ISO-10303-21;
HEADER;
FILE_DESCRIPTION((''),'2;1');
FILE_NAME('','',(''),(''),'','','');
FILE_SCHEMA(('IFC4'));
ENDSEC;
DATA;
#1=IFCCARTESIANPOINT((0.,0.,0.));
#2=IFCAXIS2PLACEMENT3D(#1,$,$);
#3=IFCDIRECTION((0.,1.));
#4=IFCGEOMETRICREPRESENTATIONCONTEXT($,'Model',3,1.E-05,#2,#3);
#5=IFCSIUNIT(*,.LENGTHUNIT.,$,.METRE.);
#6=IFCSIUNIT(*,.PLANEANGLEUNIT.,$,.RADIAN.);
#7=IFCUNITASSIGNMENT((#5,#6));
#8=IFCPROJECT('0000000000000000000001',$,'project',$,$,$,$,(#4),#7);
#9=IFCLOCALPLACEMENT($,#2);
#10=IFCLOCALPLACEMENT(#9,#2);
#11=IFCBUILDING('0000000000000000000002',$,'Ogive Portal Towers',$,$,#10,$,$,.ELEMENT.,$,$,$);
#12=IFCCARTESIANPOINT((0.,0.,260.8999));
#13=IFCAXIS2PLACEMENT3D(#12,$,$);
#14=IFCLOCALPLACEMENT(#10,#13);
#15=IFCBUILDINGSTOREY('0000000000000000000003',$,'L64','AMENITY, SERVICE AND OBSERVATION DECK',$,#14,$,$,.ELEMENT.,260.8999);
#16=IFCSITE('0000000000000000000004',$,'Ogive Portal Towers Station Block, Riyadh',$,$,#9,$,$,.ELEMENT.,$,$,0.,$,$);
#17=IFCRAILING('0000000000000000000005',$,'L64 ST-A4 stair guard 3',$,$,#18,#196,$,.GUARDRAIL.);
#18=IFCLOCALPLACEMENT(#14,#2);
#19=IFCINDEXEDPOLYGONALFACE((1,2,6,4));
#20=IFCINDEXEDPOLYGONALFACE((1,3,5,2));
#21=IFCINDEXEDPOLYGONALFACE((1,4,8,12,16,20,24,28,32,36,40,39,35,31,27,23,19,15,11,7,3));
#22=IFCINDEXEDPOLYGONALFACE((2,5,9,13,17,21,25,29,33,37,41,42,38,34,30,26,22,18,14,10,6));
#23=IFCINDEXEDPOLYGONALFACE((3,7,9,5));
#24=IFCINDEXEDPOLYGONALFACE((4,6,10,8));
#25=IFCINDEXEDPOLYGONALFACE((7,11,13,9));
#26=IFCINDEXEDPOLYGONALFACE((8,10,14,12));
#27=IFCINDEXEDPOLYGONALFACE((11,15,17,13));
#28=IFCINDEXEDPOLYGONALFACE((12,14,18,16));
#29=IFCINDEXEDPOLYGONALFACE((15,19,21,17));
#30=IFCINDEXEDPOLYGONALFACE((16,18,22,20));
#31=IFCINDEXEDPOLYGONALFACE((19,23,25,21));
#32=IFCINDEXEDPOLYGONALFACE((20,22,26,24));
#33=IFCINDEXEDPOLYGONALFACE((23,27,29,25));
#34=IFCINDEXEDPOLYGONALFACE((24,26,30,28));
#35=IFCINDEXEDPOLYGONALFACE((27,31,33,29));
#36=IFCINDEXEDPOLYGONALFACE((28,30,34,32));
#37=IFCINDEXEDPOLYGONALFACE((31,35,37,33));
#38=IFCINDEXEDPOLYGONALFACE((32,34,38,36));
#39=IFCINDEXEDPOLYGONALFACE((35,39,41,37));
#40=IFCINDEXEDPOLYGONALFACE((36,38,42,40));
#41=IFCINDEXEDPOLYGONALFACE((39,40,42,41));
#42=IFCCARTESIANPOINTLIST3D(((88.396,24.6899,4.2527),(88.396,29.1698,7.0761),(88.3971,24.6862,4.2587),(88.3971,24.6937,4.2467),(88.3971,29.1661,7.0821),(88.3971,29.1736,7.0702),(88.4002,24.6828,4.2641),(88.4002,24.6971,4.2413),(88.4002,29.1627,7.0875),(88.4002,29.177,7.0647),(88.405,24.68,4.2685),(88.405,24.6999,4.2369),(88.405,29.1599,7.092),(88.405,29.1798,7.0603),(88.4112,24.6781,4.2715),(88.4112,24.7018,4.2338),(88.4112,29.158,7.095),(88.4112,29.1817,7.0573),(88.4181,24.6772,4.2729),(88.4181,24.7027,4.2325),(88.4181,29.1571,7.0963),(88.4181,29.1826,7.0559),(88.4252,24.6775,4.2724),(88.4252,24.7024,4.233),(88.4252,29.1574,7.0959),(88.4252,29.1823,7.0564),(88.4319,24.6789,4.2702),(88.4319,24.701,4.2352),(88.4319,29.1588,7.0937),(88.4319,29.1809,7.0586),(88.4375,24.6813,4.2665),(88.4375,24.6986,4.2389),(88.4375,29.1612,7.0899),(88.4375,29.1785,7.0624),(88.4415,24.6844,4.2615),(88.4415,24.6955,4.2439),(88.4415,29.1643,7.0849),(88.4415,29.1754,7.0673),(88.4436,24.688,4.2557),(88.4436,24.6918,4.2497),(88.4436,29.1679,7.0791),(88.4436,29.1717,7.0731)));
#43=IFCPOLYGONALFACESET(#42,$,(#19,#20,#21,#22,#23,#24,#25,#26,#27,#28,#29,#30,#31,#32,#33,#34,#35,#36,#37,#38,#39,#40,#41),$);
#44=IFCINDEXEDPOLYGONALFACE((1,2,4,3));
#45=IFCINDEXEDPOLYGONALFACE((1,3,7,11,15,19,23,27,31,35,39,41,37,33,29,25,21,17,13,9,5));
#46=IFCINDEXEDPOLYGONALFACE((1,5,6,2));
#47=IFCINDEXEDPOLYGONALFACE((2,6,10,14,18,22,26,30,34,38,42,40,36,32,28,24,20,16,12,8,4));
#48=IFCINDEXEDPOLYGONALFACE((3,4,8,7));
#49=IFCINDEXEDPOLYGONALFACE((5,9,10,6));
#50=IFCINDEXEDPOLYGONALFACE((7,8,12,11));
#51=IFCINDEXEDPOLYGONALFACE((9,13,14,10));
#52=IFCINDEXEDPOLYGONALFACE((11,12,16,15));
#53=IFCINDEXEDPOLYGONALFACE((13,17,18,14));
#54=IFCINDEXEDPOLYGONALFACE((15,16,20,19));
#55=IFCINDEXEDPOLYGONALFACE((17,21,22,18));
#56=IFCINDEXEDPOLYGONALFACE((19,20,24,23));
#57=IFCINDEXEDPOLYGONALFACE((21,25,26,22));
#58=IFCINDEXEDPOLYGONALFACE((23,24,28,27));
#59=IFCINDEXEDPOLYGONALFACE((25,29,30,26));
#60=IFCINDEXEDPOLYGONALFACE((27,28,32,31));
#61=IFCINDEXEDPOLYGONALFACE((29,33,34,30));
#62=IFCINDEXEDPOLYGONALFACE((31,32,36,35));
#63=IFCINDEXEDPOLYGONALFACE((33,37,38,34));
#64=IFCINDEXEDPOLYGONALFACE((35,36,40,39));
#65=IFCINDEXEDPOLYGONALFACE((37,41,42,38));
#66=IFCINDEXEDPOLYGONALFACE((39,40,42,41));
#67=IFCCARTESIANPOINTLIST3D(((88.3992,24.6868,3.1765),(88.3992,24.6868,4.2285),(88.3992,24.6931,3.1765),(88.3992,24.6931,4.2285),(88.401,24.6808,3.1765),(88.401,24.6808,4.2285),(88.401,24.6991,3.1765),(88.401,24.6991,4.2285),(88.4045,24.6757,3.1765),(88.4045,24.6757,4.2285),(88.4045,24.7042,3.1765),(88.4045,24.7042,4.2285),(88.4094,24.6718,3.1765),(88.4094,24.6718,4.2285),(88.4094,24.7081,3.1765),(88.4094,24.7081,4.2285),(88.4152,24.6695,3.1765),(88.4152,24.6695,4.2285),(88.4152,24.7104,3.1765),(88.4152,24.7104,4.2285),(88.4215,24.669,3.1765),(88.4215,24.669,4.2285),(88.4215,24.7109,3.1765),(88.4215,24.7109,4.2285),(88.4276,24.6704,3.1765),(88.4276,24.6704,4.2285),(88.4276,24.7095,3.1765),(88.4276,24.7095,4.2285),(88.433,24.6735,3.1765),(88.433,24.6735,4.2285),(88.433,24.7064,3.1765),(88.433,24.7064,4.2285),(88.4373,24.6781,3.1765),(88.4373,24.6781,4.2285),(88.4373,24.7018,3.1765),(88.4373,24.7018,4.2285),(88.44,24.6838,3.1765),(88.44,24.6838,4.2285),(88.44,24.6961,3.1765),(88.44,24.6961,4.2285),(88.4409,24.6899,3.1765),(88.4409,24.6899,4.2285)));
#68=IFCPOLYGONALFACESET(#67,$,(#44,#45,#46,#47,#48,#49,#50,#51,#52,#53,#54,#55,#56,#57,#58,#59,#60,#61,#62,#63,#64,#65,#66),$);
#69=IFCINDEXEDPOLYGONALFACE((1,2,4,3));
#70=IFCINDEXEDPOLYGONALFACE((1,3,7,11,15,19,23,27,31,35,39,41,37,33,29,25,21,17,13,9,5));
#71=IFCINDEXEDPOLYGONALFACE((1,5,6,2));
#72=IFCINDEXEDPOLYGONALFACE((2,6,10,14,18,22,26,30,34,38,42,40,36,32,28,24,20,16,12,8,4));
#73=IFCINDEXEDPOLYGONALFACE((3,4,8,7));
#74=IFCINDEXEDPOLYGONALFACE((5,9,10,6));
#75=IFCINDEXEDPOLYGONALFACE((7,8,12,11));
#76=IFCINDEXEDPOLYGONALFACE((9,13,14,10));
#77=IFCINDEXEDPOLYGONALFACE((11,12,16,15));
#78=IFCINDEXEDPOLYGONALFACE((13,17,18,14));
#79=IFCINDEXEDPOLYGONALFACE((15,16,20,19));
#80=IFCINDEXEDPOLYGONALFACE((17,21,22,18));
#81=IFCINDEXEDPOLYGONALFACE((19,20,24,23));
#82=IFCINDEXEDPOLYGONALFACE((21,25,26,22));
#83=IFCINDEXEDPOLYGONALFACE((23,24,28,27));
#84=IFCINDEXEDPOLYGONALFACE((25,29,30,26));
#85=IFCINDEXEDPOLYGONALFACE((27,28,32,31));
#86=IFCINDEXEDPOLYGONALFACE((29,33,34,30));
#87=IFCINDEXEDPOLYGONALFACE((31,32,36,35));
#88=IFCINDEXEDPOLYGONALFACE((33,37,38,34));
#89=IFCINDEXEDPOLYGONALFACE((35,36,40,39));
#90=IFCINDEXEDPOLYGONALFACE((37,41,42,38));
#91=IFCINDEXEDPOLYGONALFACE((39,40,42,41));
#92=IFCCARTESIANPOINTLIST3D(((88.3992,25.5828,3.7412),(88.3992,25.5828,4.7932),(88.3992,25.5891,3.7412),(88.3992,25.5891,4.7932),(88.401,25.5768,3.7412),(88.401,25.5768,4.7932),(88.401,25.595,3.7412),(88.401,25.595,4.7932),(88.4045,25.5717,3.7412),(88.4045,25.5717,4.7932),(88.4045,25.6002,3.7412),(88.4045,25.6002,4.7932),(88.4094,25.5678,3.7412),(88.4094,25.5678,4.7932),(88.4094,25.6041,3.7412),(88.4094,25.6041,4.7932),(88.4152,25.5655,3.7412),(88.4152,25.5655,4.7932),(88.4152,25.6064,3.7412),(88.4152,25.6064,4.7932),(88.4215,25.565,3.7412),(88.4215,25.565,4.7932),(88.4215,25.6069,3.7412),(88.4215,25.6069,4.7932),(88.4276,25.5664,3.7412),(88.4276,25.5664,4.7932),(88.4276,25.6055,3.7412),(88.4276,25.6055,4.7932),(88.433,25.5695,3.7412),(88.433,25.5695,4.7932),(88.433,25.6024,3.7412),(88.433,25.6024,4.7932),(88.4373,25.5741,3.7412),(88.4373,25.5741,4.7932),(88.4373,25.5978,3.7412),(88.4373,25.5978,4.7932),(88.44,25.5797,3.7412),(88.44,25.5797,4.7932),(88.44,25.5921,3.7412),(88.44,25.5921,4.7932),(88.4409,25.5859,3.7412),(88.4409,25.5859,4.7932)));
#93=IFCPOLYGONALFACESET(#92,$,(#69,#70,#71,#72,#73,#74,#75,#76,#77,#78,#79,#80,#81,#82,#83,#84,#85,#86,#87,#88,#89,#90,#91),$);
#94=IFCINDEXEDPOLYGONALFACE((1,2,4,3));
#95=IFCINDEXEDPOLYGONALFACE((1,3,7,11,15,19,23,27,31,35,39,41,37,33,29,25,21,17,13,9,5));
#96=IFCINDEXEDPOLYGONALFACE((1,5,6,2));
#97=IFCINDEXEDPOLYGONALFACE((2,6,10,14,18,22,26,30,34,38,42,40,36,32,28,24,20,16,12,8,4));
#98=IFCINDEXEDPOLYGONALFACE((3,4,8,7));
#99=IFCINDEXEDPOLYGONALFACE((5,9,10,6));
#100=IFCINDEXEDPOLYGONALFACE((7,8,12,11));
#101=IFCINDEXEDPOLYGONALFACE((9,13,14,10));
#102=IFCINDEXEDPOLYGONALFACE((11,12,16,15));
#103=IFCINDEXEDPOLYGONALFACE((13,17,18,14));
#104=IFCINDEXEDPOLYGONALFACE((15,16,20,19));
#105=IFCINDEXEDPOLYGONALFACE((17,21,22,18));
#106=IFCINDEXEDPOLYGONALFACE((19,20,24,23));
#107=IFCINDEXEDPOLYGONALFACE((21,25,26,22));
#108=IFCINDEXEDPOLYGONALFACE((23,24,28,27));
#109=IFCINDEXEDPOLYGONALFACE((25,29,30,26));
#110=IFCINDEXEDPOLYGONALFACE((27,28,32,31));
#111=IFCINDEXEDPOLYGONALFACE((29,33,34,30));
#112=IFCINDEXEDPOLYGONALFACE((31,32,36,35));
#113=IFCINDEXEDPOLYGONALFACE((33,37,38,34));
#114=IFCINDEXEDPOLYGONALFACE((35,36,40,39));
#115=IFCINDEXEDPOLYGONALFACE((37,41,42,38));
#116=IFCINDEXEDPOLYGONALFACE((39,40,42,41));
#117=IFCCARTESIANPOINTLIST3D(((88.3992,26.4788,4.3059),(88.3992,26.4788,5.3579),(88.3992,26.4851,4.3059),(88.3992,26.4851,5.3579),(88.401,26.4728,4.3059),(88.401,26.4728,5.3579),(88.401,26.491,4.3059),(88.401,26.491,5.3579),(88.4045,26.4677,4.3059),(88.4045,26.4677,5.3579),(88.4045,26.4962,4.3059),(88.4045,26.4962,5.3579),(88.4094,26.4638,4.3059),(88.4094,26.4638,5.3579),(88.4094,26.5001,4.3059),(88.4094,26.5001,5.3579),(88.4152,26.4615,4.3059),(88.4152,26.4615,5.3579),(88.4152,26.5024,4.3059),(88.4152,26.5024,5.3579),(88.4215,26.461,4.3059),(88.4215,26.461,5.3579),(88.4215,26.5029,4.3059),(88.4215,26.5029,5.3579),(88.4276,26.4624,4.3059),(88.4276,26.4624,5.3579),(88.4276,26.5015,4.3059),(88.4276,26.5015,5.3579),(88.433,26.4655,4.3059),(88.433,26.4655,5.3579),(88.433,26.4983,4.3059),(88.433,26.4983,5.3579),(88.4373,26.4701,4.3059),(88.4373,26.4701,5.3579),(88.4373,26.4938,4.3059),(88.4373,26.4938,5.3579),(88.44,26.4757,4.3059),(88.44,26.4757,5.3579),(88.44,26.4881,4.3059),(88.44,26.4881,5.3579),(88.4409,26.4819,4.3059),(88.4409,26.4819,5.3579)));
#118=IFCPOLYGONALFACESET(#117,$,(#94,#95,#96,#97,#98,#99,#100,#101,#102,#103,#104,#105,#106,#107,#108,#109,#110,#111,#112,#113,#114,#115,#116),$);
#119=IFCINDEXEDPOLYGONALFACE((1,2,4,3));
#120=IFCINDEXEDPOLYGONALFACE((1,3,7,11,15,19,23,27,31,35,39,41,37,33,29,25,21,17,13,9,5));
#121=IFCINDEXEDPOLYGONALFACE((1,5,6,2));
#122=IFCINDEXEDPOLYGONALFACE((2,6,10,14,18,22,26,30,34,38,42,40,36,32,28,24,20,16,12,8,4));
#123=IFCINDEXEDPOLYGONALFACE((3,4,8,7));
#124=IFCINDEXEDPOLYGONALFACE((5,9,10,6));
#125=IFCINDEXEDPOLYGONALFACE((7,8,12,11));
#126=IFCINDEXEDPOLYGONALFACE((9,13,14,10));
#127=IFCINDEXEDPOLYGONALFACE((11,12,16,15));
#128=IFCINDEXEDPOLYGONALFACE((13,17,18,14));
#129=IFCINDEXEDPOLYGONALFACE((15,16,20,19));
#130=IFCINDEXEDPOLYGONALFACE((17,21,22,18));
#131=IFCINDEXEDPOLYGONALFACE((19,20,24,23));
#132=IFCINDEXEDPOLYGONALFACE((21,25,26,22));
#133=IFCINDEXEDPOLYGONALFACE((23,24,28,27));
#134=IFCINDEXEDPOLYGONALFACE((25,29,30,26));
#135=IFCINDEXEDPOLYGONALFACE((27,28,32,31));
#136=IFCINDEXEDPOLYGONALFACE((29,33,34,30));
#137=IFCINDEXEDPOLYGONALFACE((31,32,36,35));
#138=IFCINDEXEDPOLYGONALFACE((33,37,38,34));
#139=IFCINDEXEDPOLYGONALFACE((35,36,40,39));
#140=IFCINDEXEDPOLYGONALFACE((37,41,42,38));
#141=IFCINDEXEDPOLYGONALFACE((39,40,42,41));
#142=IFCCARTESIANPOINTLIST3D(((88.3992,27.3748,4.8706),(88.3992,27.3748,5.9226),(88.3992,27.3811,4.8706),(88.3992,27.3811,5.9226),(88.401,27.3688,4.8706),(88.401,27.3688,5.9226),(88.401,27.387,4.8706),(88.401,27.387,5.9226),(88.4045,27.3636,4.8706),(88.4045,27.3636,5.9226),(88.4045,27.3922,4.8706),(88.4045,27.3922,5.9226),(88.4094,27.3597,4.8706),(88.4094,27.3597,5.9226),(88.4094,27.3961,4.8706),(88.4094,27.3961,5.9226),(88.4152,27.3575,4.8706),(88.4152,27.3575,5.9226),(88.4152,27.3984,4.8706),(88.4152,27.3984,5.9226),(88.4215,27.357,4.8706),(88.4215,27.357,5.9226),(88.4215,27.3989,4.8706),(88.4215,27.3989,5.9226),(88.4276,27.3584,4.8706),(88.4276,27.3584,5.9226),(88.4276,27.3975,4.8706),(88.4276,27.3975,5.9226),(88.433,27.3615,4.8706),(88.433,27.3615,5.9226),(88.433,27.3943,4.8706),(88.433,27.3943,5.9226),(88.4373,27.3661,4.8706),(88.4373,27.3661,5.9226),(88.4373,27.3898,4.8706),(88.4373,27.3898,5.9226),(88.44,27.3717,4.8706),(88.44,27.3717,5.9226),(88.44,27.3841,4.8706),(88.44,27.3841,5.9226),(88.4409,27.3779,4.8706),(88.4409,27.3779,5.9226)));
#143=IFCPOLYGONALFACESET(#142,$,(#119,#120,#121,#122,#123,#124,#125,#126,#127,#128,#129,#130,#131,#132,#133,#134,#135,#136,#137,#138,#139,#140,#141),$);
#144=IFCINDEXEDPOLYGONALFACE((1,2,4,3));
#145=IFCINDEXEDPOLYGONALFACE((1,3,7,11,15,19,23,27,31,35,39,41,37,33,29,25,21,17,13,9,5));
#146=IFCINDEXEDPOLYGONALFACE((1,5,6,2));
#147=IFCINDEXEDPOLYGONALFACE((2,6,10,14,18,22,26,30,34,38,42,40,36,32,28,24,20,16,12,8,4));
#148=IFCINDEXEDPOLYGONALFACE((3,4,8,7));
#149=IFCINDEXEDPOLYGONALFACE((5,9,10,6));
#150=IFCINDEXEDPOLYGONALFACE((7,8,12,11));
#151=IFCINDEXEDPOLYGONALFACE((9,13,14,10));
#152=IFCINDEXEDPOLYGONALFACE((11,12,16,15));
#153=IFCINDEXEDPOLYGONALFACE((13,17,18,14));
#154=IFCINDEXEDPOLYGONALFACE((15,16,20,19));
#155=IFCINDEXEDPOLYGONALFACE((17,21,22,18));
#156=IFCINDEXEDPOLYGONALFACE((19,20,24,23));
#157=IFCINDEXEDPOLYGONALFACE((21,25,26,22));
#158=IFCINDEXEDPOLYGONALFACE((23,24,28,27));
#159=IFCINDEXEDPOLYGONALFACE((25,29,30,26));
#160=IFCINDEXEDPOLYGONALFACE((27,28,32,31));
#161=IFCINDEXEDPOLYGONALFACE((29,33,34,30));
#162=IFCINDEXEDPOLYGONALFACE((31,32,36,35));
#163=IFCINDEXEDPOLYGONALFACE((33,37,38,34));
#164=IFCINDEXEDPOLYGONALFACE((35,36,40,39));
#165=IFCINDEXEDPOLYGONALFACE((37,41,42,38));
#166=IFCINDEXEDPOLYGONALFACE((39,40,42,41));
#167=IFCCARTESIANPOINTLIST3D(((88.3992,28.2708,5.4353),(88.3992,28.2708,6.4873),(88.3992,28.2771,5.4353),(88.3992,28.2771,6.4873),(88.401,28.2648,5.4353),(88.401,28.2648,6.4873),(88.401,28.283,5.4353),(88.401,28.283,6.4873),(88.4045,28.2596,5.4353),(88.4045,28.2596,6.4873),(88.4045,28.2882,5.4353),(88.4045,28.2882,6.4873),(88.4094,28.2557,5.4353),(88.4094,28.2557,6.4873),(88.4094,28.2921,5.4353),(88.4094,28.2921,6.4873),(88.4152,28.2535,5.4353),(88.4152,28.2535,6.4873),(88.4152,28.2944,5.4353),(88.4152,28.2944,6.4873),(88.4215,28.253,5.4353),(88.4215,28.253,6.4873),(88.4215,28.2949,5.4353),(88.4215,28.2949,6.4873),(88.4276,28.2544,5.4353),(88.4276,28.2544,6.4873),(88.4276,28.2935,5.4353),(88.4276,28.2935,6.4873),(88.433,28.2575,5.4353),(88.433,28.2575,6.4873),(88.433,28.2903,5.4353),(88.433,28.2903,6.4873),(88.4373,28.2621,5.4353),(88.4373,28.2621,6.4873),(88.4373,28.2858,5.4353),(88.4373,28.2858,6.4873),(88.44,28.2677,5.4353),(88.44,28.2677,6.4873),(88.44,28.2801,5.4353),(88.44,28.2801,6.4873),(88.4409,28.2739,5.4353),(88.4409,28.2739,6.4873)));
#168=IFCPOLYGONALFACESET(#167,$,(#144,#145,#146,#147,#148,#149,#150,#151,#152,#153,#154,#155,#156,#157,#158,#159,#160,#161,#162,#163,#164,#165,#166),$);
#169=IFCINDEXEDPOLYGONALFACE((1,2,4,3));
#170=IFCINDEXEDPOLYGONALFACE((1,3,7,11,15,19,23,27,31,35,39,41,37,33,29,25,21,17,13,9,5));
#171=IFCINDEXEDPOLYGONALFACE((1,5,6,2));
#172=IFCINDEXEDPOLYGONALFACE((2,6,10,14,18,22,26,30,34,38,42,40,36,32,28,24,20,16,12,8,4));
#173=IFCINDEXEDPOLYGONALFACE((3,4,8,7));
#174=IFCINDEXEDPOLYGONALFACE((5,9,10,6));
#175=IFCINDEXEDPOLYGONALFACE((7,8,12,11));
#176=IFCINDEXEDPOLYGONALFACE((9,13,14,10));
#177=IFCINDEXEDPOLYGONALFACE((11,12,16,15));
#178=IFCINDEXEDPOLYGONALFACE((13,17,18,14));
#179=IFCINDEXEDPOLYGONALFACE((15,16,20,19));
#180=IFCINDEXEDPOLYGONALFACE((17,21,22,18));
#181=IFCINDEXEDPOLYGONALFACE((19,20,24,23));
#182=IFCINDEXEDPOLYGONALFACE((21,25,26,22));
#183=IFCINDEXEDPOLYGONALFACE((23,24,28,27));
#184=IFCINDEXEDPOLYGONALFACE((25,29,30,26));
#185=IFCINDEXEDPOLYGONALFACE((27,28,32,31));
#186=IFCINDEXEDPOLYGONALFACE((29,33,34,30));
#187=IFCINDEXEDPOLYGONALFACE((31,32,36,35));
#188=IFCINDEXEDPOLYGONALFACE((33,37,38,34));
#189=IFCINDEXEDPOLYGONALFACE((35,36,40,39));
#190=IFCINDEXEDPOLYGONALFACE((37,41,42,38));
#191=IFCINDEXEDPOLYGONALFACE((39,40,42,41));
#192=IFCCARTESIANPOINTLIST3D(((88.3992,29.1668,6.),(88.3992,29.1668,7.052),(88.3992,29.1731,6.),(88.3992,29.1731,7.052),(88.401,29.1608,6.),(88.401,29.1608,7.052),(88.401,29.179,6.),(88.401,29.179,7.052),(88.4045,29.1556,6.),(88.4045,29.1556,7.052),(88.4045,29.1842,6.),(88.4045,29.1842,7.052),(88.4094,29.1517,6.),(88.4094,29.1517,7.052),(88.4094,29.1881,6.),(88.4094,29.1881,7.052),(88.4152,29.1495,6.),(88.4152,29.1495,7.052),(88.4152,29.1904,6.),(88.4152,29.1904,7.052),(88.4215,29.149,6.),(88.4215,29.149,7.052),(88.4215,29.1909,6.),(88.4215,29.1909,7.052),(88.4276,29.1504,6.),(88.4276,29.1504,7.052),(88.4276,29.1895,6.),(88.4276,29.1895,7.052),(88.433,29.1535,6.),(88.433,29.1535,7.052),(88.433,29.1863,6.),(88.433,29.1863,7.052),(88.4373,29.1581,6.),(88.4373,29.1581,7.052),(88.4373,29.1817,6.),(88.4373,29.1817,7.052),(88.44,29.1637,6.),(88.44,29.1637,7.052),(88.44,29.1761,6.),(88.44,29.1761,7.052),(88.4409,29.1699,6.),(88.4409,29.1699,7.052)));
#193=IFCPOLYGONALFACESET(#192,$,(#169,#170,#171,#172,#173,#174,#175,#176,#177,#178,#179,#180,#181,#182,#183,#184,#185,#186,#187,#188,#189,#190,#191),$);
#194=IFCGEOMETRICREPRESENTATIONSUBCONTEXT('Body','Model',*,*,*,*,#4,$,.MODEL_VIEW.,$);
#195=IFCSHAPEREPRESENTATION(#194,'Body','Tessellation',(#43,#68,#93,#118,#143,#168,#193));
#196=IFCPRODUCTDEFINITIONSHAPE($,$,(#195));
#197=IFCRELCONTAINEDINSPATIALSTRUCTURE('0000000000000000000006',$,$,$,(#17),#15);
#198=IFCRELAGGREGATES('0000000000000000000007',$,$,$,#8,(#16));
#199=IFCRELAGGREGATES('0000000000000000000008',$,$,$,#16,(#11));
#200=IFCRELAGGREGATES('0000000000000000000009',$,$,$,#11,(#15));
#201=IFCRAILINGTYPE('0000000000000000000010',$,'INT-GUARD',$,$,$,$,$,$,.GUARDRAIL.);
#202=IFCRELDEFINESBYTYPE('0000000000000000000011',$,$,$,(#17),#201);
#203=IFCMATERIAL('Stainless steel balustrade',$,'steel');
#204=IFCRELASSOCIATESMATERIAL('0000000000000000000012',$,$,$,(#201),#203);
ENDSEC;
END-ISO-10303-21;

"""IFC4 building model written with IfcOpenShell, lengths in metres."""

from ifc_helpers import new_model, si_unit, direction, frame, origin, origin_2d, place, context, subcontext, project, spatial, circle, extrude, material, type_object, element, save


model = new_model("IFC4")

# Units and contexts
model_context = context("Model", 3, precision=1e-05, world=origin(), true_north=direction((0.0, 1.0)))
body_context = subcontext(model_context, "Body", "Model", "MODEL_VIEW")
ifc_project = project(units=[si_unit("LENGTHUNIT", "METRE"), si_unit("PLANEANGLEUNIT", "RADIAN")], contexts=[model_context])

# Site, building, storey
site_placement = place(None, origin())
site = spatial("IfcSite", under=ifc_project, at=site_placement, Name="Ogive Portal Towers Station Block, Riyadh", CompositionType="ELEMENT", RefElevation=0.0)
building_placement = place(site_placement, origin())
building = spatial("IfcBuilding", under=site, at=building_placement, Name="Ogive Portal Towers", CompositionType="ELEMENT")
storey_placement = place(building_placement, frame((0.0, 0.0, 260.8999)))
storey = spatial("IfcBuildingStorey", under=building, at=storey_placement, Name="L64", Description="AMENITY, SERVICE AND OBSERVATION DECK", CompositionType="ELEMENT", Elevation=260.8999)

# Railing
ifc_material_1 = material(Name="Stainless steel balustrade", Category="steel")
railing_type_1 = type_object("IfcRailingType", Name="INT-GUARD", PredefinedType="GUARDRAIL", material=ifc_material_1)
railing_1_placement = place(storey_placement, frame((88.4199, 24.6899, 3.1765)))
element("IfcRailing", 1, at=railing_1_placement, inside=storey, type_object=railing_type_1, Name="L64 ST-A4 stair guard 3", PredefinedType="GUARDRAIL", context=body_context, shape_type="SweptSolid", body=[
    extrude(circle(Radius=0.0239, at=origin_2d()), frame((0.0, 0.0, 1.0762), z_axis=(0.0, 0.845998, 0.533186), x_axis=(-1.0, 0.0, 0.0)), (0.0, 0.0, 1.0), 5.2954),
    extrude(circle(Radius=0.021, at=origin_2d()), origin(), (0.0, 0.0, 1.0), 1.052),
    extrude(circle(Radius=0.021, at=origin_2d()), frame((0.0, 0.896, 0.5647)), (0.0, 0.0, 1.0), 1.052),
    extrude(circle(Radius=0.021, at=origin_2d()), frame((0.0, 1.792, 1.1294)), (0.0, 0.0, 1.0), 1.052),
    extrude(circle(Radius=0.021, at=origin_2d()), frame((0.0, 2.688, 1.6941)), (0.0, 0.0, 1.0), 1.052),
    extrude(circle(Radius=0.021, at=origin_2d()), frame((0.0, 3.584, 2.2588)), (0.0, 0.0, 1.0), 1.052),
    extrude(circle(Radius=0.021, at=origin_2d()), frame((0.0, 4.48, 2.8235)), (0.0, 0.0, 1.0), 1.052),
])

save(model, "model.ifc")
